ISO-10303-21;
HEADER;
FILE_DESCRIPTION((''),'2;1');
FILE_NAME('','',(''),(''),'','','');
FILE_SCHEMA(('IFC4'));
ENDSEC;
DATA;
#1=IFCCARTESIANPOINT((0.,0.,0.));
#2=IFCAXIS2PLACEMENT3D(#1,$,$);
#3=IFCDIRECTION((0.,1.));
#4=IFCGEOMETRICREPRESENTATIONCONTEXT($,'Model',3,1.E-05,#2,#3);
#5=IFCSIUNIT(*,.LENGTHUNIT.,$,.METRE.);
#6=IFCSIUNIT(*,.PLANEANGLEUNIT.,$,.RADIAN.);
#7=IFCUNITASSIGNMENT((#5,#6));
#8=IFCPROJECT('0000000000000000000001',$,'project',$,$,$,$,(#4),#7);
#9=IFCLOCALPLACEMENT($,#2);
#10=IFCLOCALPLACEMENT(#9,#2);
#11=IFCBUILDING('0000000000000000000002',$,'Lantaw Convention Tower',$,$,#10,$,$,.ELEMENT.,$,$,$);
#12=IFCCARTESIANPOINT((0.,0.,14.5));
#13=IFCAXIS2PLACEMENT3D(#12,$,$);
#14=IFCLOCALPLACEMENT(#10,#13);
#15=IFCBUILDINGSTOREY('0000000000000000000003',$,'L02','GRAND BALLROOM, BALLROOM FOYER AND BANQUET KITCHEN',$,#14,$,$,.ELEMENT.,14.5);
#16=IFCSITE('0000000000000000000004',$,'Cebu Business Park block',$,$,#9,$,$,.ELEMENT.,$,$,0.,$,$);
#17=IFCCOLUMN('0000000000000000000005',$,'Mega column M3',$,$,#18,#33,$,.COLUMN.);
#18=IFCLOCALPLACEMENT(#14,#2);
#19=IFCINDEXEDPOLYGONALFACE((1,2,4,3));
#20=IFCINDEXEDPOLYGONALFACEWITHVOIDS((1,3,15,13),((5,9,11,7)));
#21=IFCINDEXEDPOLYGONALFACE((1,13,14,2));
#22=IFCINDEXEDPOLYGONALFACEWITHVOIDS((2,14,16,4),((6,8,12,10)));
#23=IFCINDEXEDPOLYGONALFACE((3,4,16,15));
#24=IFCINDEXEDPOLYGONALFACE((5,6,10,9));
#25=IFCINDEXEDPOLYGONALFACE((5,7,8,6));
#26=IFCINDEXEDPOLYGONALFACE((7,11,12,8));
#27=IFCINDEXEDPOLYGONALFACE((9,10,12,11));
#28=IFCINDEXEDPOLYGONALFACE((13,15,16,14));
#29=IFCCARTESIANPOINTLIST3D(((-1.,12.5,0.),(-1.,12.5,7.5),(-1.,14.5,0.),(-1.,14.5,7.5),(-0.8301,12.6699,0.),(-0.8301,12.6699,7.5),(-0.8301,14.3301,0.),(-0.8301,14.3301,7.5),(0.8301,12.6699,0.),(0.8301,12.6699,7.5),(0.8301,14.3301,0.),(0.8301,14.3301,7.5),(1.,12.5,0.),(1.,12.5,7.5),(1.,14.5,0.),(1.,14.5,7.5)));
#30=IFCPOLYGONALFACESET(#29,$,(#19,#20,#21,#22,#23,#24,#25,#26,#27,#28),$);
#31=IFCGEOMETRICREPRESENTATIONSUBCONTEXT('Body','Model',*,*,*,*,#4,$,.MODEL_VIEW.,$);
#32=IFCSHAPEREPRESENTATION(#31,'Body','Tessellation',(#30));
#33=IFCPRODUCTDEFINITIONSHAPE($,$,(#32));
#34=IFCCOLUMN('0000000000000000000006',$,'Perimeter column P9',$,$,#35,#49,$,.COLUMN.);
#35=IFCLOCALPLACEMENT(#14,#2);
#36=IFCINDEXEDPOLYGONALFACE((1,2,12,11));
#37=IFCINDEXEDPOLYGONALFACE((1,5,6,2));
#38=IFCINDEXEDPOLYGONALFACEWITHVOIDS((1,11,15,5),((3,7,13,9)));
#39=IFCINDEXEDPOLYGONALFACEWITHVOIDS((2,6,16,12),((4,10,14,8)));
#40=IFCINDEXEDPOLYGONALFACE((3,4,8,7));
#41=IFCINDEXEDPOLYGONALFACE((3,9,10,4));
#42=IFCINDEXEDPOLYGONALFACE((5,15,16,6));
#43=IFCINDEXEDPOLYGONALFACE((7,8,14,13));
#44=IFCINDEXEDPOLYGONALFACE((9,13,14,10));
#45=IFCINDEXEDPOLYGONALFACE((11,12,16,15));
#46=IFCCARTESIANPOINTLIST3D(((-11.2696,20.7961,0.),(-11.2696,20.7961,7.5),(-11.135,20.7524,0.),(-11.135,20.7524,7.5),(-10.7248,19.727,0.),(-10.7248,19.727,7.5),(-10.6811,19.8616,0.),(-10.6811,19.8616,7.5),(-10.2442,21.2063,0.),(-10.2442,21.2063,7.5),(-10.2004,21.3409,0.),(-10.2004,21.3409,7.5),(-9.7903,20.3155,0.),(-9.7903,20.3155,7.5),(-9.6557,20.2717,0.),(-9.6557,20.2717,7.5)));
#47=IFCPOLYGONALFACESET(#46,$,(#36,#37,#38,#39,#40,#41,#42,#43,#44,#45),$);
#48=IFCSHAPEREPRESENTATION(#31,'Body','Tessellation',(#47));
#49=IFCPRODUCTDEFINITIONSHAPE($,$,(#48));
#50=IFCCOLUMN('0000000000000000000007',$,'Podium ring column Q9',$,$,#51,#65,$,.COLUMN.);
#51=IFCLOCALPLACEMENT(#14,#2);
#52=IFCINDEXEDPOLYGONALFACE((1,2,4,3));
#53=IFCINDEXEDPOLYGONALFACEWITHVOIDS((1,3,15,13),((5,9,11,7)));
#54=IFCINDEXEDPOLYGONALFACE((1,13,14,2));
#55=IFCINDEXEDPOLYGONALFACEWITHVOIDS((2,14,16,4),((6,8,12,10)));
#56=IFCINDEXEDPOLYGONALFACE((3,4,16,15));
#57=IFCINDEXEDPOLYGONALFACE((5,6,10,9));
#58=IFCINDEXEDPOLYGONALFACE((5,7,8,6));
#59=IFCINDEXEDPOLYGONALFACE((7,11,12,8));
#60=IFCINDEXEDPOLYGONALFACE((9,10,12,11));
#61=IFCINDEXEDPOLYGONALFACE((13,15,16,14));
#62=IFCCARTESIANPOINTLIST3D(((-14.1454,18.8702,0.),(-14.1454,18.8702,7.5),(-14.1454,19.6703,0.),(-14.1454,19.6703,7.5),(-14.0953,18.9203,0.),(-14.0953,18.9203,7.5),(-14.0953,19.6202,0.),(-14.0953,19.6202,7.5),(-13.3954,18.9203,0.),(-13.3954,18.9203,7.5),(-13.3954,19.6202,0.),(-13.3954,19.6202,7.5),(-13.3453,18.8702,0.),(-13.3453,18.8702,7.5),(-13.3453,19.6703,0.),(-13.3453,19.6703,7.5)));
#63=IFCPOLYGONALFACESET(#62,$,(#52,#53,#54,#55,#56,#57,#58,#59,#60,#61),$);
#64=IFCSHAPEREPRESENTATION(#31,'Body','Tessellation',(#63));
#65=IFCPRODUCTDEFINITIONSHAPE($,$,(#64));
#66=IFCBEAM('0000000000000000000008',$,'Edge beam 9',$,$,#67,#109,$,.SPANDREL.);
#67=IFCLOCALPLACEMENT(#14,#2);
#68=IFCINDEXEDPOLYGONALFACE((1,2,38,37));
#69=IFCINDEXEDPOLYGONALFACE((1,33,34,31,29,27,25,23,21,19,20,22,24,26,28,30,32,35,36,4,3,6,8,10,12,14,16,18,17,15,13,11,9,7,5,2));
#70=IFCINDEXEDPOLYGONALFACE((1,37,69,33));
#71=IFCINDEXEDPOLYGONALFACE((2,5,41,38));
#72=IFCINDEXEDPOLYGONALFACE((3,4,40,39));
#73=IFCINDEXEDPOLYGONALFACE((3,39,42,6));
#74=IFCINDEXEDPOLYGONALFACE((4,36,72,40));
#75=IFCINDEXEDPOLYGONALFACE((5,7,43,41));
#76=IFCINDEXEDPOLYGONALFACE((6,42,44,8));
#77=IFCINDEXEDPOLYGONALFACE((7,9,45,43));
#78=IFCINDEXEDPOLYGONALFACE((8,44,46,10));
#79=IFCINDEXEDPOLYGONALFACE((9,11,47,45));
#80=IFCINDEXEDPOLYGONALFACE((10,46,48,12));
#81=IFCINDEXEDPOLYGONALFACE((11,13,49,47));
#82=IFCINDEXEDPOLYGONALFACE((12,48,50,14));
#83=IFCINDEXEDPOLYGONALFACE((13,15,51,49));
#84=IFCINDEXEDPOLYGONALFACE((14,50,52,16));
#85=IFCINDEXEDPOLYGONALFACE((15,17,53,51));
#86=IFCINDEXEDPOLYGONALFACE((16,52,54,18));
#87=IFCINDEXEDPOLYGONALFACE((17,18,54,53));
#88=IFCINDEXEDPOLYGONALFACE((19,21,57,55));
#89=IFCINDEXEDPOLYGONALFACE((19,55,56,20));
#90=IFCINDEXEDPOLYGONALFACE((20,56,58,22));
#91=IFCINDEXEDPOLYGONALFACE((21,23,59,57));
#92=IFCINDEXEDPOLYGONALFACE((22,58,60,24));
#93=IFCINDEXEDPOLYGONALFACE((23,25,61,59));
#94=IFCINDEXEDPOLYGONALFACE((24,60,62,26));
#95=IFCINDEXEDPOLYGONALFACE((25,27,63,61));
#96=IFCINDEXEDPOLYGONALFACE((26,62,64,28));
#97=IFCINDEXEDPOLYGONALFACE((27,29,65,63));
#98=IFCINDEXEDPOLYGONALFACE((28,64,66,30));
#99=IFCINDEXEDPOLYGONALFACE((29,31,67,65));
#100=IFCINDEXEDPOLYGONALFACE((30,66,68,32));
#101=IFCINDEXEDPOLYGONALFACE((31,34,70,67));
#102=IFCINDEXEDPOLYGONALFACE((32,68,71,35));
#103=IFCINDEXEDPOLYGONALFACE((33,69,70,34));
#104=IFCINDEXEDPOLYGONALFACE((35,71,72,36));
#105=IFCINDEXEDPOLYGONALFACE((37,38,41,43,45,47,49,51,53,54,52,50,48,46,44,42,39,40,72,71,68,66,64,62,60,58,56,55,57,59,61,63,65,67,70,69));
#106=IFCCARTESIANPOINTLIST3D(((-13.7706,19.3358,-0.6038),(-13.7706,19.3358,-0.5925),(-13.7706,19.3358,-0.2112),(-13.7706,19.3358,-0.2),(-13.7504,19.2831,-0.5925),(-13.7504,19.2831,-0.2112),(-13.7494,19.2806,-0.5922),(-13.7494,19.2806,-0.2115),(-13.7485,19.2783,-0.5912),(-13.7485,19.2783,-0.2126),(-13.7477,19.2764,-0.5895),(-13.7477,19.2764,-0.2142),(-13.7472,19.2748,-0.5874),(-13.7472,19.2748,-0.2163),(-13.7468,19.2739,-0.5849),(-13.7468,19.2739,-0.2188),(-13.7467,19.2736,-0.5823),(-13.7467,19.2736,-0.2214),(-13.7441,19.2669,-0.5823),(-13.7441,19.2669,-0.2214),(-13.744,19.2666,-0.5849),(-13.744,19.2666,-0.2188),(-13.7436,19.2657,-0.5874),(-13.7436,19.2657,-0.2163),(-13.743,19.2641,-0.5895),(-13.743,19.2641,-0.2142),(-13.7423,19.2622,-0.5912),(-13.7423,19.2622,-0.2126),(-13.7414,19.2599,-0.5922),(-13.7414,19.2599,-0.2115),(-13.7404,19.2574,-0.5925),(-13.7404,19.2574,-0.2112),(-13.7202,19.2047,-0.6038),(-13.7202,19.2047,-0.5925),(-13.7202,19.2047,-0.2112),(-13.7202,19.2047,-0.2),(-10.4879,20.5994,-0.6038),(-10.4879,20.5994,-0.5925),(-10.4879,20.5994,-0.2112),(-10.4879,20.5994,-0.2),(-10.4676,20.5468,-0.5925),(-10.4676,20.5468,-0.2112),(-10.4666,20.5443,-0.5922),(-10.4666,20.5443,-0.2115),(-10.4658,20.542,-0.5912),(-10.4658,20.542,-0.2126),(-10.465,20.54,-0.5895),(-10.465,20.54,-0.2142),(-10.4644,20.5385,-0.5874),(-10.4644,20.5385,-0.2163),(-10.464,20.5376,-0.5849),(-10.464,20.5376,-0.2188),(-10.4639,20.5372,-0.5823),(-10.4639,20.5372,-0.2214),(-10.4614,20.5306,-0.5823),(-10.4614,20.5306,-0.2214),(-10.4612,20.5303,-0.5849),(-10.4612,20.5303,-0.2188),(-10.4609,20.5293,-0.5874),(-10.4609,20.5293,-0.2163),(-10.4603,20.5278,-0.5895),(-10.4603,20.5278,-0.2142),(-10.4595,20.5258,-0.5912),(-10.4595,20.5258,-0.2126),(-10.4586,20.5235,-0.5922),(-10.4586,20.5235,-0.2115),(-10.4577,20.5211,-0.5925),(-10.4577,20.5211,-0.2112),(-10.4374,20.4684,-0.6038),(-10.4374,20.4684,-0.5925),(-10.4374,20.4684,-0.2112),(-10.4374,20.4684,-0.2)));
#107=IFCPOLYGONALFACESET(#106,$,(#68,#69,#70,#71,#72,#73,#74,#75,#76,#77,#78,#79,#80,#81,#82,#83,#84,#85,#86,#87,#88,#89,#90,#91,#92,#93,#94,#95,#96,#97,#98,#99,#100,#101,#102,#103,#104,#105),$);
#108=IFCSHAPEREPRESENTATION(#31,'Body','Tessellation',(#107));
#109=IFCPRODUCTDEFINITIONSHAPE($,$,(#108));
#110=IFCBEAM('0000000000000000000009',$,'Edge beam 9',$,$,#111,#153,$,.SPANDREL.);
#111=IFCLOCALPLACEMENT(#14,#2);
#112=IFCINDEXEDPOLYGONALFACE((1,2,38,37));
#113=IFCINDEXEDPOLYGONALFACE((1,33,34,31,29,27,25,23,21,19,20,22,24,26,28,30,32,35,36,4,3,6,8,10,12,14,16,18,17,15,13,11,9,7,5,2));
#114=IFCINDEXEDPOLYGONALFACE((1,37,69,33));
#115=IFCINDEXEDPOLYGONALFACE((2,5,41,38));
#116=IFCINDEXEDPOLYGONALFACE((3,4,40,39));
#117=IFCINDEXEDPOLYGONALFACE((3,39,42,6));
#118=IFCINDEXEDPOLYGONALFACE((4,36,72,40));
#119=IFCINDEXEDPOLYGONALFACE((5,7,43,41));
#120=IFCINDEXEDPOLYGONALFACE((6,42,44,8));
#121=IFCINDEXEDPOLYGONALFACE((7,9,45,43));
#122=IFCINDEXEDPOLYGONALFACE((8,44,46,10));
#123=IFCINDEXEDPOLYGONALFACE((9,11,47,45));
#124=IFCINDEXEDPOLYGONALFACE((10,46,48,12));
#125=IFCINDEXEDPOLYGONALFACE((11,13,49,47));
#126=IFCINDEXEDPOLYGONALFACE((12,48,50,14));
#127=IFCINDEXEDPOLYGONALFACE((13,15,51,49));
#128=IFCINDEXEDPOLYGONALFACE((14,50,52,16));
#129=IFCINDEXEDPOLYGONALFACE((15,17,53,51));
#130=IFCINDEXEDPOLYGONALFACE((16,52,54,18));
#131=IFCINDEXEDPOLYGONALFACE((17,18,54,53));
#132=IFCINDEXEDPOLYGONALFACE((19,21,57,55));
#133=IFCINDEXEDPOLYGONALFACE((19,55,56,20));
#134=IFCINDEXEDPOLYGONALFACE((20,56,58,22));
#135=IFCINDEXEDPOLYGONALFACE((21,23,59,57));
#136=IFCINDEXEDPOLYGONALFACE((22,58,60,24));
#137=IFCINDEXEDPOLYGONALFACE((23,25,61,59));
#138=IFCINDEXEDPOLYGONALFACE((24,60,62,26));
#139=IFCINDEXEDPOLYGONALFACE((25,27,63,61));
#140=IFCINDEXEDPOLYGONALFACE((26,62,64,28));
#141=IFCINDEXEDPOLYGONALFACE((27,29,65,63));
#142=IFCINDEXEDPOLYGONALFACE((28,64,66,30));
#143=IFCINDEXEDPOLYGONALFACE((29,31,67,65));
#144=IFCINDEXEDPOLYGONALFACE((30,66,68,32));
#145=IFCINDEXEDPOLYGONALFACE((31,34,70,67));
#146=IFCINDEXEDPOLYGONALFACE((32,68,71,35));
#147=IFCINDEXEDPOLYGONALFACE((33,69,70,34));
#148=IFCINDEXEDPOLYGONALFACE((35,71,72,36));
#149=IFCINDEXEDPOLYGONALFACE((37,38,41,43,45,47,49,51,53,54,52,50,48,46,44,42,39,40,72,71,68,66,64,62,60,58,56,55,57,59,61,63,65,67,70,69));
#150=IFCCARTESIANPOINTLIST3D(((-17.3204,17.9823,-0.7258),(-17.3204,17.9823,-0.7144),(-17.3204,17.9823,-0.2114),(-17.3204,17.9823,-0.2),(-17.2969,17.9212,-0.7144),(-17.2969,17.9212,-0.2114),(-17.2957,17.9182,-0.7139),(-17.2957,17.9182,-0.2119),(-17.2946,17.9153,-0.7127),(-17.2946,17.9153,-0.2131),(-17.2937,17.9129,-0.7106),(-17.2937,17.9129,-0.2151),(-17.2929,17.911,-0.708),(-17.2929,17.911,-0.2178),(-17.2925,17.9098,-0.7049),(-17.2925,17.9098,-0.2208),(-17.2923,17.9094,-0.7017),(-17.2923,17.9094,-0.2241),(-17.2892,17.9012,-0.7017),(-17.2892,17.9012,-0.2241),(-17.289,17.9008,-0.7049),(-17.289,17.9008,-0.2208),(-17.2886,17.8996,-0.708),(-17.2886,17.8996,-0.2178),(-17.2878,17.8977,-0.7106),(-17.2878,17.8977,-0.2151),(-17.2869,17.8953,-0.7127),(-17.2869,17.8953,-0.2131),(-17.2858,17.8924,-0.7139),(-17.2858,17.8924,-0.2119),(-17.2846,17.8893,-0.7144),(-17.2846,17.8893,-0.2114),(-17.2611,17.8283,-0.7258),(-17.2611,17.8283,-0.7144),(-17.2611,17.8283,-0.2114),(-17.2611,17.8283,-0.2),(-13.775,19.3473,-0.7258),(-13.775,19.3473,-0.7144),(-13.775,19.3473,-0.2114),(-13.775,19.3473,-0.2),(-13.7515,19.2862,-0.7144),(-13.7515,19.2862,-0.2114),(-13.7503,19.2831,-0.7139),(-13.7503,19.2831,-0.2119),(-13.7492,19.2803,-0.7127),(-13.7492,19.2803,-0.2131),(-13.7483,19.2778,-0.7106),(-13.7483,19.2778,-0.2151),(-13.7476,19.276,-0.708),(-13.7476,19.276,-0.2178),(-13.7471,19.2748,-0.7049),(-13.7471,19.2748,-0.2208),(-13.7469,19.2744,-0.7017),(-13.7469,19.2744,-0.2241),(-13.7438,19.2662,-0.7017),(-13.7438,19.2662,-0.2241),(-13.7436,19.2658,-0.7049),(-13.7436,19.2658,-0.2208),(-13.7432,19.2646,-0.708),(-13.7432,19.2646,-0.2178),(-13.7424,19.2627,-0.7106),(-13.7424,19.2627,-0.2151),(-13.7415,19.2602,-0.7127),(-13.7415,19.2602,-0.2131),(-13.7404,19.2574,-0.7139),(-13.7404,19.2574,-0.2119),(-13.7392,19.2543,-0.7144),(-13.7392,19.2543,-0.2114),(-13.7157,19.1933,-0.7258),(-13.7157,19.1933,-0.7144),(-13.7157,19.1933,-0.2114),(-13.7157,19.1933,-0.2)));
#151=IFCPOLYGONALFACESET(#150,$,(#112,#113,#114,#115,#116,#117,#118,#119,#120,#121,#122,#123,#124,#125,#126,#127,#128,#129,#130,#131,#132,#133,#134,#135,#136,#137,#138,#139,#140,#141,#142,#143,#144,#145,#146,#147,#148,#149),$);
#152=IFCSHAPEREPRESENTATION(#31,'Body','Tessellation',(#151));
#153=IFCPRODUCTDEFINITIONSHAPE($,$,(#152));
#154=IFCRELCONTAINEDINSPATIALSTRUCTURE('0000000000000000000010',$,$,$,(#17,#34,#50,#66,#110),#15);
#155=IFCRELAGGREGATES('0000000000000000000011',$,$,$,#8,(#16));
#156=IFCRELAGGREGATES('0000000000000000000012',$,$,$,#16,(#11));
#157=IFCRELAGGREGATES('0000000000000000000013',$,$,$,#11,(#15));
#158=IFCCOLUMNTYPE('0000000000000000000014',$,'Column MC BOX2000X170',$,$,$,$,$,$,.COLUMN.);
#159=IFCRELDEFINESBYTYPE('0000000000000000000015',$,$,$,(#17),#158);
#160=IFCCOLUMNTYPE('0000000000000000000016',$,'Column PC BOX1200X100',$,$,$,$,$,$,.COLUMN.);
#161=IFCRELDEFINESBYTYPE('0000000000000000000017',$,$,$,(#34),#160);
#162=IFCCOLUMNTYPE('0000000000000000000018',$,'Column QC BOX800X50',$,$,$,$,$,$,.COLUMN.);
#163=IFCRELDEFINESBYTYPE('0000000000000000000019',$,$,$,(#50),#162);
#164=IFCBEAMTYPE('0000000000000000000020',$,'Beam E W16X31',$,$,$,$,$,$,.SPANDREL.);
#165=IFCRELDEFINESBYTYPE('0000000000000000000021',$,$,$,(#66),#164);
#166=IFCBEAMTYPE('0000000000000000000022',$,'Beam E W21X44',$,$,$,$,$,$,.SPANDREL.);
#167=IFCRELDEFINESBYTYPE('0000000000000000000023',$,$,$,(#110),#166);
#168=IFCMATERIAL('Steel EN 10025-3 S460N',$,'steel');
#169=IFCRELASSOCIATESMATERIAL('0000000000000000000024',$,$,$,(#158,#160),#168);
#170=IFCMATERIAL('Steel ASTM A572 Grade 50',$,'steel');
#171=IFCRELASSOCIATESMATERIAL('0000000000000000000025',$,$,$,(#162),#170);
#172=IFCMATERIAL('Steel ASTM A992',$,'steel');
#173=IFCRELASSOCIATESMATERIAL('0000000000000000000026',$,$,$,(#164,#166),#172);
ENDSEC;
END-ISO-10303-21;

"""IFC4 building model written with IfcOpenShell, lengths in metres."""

from ifc_helpers import new_model, si_unit, direction, frame, origin, origin_2d, place, context, subcontext, project, spatial, rectangle, hollow_rectangle, i_section, extrude, material, material_profile, profile_set, type_object, element, save


model = new_model("IFC4")

# Units and contexts
model_context = context("Model", 3, precision=1e-05, world=origin(), true_north=direction((0.0, 1.0)))
body_context = subcontext(model_context, "Body", "Model", "MODEL_VIEW")
ifc_project = project(units=[si_unit("LENGTHUNIT", "METRE"), si_unit("PLANEANGLEUNIT", "RADIAN")], contexts=[model_context])

# Site, building, storey
site_placement = place(None, origin())
site = spatial("IfcSite", under=ifc_project, at=site_placement, Name="Cebu Business Park block", CompositionType="ELEMENT", RefElevation=0.0)
building_placement = place(site_placement, origin())
building = spatial("IfcBuilding", under=site, at=building_placement, Name="Lantaw Convention Tower", CompositionType="ELEMENT")
storey_placement = place(building_placement, frame((0.0, 0.0, 14.5)))
storey = spatial("IfcBuildingStorey", under=building, at=storey_placement, Name="L02", Description="GRAND BALLROOM, BALLROOM FOYER AND BANQUET KITCHEN", CompositionType="ELEMENT", Elevation=14.5)

# Columns
ifc_material_1 = material(Name="Steel EN 10025-3 S460N", Category="steel")
ifc_material_profile_1 = material_profile(ifc_material_1, hollow_rectangle(XDim=2.0, YDim=2.0, WallThickness=0.1699, at=origin_2d()), Name="BOX2000X170")
ifc_material_2 = material(Name="Concrete C60/75", Category="concrete")
ifc_material_profile_2 = material_profile(ifc_material_2, rectangle(XDim=1.6599, YDim=1.6599, at=origin_2d()), Name="Concrete fill of BOX2000X170")
ifc_profile_set_1 = profile_set([ifc_material_profile_1, ifc_material_profile_2], Name="Steel EN 10025-3 S460N")
column_type_1 = type_object("IfcColumnType", Name="Column MC BOX2000X170", PredefinedType="COLUMN", material=ifc_profile_set_1)
column_1_placement = place(storey_placement, frame((0.0, 13.5, 0.0), z_axis=(0.0, 0.0, 1.0), x_axis=(1.0, 0.0, 0.0)))
element("IfcColumn", 1, at=column_1_placement, inside=storey, type_object=column_type_1, Name="Mega column M3", PredefinedType="COLUMN", context=body_context, shape_type="SweptSolid", body=[
    extrude(hollow_rectangle(XDim=2.0, YDim=2.0, WallThickness=0.1699, at=origin_2d()), origin(), (0.0, 0.0, 1.0), 7.5),
])
ifc_material_profile_3 = material_profile(ifc_material_1, hollow_rectangle(XDim=1.2, YDim=1.2, WallThickness=0.1001, at=origin_2d()), Name="BOX1200X100")
ifc_material_profile_4 = material_profile(ifc_material_2, rectangle(XDim=1.0, YDim=1.0, at=origin_2d()), Name="Concrete fill of BOX1200X100")
ifc_profile_set_2 = profile_set([ifc_material_profile_3, ifc_material_profile_4], Name="Steel EN 10025-3 S460N")
column_type_2 = type_object("IfcColumnType", Name="Column PC BOX1200X100", PredefinedType="COLUMN", material=ifc_profile_set_2)
column_2_placement = place(storey_placement, frame((-10.4626, 20.5339, 0.0), z_axis=(0.0, 0.0, 1.0), x_axis=(0.891007, 0.45399, 0.0)))
element("IfcColumn", 2, at=column_2_placement, inside=storey, type_object=column_type_2, Name="Perimeter column P9", PredefinedType="COLUMN", context=body_context, shape_type="SweptSolid", body=[
    extrude(hollow_rectangle(XDim=1.2, YDim=1.2, WallThickness=0.1001, at=origin_2d()), origin(), (0.0, 0.0, 1.0), 7.5),
])
ifc_material_3 = material(Name="Steel ASTM A572 Grade 50", Category="steel")
ifc_material_profile_5 = material_profile(ifc_material_3, hollow_rectangle(XDim=0.8, YDim=0.8, WallThickness=0.05, at=origin_2d()), Name="BOX800X50")
ifc_profile_set_3 = profile_set([ifc_material_profile_5], Name="Steel ASTM A572 Grade 50")
column_type_3 = type_object("IfcColumnType", Name="Column QC BOX800X50", PredefinedType="COLUMN", material=ifc_profile_set_3)
column_3_placement = place(storey_placement, frame((-13.7454, 19.2703, 0.0), z_axis=(0.0, 0.0, 1.0), x_axis=(1.0, 0.0, 0.0)))
element("IfcColumn", 3, at=column_3_placement, inside=storey, type_object=column_type_3, Name="Podium ring column Q9", PredefinedType="COLUMN", context=body_context, shape_type="SweptSolid", body=[
    extrude(hollow_rectangle(XDim=0.8, YDim=0.8, WallThickness=0.05, at=origin_2d()), origin(), (0.0, 0.0, 1.0), 7.5),
])

# Beams
ifc_material_4 = material(Name="Steel ASTM A992", Category="steel")
ifc_material_profile_6 = material_profile(ifc_material_4, i_section(OverallWidth=0.1404, OverallDepth=0.4038, WebThickness=0.0071, FlangeThickness=0.0112, FilletRadius=0.0103, at=origin_2d()), Name="W16X31")
ifc_profile_set_4 = profile_set([ifc_material_profile_6], Name="Steel ASTM A992")
beam_type_1 = type_object("IfcBeamType", Name="Beam E W16X31", PredefinedType="SPANDREL", material=ifc_profile_set_4)
beam_1_placement = place(storey_placement, frame((-10.4626, 20.5339, -0.4019), z_axis=(-0.933242, -0.359249, 0.0), x_axis=(0.359249, -0.933242, 0.0)))
element("IfcBeam", 4, at=beam_1_placement, inside=storey, type_object=beam_type_1, Name="Edge beam 9", PredefinedType="SPANDREL", context=body_context, shape_type="SweptSolid", body=[
    extrude(i_section(OverallWidth=0.1404, OverallDepth=0.4038, WebThickness=0.0071, FlangeThickness=0.0112, FilletRadius=0.0103, at=origin_2d()), origin(), (0.0, 0.0, 1.0), 3.5176),
])
ifc_material_profile_7 = material_profile(ifc_material_4, i_section(OverallWidth=0.165, OverallDepth=0.5259, WebThickness=0.0088, FlangeThickness=0.0115, FilletRadius=0.0127, at=origin_2d()), Name="W21X44")
ifc_profile_set_5 = profile_set([ifc_material_profile_7], Name="Steel ASTM A992")
beam_type_2 = type_object("IfcBeamType", Name="Beam E W21X44", PredefinedType="SPANDREL", material=ifc_profile_set_5)
beam_2_placement = place(storey_placement, frame((-13.7454, 19.2703, -0.4629), z_axis=(-0.933225, -0.359293, 0.0), x_axis=(0.359293, -0.933225, 0.0)))
element("IfcBeam", 5, at=beam_2_placement, inside=storey, type_object=beam_type_2, Name="Edge beam 9", PredefinedType="SPANDREL", context=body_context, shape_type="SweptSolid", body=[
    extrude(i_section(OverallWidth=0.165, OverallDepth=0.5259, WebThickness=0.0088, FlangeThickness=0.0115, FilletRadius=0.0127, at=origin_2d()), origin(), (0.0, 0.0, 1.0), 3.7991),
])

save(model, "model.ifc")
